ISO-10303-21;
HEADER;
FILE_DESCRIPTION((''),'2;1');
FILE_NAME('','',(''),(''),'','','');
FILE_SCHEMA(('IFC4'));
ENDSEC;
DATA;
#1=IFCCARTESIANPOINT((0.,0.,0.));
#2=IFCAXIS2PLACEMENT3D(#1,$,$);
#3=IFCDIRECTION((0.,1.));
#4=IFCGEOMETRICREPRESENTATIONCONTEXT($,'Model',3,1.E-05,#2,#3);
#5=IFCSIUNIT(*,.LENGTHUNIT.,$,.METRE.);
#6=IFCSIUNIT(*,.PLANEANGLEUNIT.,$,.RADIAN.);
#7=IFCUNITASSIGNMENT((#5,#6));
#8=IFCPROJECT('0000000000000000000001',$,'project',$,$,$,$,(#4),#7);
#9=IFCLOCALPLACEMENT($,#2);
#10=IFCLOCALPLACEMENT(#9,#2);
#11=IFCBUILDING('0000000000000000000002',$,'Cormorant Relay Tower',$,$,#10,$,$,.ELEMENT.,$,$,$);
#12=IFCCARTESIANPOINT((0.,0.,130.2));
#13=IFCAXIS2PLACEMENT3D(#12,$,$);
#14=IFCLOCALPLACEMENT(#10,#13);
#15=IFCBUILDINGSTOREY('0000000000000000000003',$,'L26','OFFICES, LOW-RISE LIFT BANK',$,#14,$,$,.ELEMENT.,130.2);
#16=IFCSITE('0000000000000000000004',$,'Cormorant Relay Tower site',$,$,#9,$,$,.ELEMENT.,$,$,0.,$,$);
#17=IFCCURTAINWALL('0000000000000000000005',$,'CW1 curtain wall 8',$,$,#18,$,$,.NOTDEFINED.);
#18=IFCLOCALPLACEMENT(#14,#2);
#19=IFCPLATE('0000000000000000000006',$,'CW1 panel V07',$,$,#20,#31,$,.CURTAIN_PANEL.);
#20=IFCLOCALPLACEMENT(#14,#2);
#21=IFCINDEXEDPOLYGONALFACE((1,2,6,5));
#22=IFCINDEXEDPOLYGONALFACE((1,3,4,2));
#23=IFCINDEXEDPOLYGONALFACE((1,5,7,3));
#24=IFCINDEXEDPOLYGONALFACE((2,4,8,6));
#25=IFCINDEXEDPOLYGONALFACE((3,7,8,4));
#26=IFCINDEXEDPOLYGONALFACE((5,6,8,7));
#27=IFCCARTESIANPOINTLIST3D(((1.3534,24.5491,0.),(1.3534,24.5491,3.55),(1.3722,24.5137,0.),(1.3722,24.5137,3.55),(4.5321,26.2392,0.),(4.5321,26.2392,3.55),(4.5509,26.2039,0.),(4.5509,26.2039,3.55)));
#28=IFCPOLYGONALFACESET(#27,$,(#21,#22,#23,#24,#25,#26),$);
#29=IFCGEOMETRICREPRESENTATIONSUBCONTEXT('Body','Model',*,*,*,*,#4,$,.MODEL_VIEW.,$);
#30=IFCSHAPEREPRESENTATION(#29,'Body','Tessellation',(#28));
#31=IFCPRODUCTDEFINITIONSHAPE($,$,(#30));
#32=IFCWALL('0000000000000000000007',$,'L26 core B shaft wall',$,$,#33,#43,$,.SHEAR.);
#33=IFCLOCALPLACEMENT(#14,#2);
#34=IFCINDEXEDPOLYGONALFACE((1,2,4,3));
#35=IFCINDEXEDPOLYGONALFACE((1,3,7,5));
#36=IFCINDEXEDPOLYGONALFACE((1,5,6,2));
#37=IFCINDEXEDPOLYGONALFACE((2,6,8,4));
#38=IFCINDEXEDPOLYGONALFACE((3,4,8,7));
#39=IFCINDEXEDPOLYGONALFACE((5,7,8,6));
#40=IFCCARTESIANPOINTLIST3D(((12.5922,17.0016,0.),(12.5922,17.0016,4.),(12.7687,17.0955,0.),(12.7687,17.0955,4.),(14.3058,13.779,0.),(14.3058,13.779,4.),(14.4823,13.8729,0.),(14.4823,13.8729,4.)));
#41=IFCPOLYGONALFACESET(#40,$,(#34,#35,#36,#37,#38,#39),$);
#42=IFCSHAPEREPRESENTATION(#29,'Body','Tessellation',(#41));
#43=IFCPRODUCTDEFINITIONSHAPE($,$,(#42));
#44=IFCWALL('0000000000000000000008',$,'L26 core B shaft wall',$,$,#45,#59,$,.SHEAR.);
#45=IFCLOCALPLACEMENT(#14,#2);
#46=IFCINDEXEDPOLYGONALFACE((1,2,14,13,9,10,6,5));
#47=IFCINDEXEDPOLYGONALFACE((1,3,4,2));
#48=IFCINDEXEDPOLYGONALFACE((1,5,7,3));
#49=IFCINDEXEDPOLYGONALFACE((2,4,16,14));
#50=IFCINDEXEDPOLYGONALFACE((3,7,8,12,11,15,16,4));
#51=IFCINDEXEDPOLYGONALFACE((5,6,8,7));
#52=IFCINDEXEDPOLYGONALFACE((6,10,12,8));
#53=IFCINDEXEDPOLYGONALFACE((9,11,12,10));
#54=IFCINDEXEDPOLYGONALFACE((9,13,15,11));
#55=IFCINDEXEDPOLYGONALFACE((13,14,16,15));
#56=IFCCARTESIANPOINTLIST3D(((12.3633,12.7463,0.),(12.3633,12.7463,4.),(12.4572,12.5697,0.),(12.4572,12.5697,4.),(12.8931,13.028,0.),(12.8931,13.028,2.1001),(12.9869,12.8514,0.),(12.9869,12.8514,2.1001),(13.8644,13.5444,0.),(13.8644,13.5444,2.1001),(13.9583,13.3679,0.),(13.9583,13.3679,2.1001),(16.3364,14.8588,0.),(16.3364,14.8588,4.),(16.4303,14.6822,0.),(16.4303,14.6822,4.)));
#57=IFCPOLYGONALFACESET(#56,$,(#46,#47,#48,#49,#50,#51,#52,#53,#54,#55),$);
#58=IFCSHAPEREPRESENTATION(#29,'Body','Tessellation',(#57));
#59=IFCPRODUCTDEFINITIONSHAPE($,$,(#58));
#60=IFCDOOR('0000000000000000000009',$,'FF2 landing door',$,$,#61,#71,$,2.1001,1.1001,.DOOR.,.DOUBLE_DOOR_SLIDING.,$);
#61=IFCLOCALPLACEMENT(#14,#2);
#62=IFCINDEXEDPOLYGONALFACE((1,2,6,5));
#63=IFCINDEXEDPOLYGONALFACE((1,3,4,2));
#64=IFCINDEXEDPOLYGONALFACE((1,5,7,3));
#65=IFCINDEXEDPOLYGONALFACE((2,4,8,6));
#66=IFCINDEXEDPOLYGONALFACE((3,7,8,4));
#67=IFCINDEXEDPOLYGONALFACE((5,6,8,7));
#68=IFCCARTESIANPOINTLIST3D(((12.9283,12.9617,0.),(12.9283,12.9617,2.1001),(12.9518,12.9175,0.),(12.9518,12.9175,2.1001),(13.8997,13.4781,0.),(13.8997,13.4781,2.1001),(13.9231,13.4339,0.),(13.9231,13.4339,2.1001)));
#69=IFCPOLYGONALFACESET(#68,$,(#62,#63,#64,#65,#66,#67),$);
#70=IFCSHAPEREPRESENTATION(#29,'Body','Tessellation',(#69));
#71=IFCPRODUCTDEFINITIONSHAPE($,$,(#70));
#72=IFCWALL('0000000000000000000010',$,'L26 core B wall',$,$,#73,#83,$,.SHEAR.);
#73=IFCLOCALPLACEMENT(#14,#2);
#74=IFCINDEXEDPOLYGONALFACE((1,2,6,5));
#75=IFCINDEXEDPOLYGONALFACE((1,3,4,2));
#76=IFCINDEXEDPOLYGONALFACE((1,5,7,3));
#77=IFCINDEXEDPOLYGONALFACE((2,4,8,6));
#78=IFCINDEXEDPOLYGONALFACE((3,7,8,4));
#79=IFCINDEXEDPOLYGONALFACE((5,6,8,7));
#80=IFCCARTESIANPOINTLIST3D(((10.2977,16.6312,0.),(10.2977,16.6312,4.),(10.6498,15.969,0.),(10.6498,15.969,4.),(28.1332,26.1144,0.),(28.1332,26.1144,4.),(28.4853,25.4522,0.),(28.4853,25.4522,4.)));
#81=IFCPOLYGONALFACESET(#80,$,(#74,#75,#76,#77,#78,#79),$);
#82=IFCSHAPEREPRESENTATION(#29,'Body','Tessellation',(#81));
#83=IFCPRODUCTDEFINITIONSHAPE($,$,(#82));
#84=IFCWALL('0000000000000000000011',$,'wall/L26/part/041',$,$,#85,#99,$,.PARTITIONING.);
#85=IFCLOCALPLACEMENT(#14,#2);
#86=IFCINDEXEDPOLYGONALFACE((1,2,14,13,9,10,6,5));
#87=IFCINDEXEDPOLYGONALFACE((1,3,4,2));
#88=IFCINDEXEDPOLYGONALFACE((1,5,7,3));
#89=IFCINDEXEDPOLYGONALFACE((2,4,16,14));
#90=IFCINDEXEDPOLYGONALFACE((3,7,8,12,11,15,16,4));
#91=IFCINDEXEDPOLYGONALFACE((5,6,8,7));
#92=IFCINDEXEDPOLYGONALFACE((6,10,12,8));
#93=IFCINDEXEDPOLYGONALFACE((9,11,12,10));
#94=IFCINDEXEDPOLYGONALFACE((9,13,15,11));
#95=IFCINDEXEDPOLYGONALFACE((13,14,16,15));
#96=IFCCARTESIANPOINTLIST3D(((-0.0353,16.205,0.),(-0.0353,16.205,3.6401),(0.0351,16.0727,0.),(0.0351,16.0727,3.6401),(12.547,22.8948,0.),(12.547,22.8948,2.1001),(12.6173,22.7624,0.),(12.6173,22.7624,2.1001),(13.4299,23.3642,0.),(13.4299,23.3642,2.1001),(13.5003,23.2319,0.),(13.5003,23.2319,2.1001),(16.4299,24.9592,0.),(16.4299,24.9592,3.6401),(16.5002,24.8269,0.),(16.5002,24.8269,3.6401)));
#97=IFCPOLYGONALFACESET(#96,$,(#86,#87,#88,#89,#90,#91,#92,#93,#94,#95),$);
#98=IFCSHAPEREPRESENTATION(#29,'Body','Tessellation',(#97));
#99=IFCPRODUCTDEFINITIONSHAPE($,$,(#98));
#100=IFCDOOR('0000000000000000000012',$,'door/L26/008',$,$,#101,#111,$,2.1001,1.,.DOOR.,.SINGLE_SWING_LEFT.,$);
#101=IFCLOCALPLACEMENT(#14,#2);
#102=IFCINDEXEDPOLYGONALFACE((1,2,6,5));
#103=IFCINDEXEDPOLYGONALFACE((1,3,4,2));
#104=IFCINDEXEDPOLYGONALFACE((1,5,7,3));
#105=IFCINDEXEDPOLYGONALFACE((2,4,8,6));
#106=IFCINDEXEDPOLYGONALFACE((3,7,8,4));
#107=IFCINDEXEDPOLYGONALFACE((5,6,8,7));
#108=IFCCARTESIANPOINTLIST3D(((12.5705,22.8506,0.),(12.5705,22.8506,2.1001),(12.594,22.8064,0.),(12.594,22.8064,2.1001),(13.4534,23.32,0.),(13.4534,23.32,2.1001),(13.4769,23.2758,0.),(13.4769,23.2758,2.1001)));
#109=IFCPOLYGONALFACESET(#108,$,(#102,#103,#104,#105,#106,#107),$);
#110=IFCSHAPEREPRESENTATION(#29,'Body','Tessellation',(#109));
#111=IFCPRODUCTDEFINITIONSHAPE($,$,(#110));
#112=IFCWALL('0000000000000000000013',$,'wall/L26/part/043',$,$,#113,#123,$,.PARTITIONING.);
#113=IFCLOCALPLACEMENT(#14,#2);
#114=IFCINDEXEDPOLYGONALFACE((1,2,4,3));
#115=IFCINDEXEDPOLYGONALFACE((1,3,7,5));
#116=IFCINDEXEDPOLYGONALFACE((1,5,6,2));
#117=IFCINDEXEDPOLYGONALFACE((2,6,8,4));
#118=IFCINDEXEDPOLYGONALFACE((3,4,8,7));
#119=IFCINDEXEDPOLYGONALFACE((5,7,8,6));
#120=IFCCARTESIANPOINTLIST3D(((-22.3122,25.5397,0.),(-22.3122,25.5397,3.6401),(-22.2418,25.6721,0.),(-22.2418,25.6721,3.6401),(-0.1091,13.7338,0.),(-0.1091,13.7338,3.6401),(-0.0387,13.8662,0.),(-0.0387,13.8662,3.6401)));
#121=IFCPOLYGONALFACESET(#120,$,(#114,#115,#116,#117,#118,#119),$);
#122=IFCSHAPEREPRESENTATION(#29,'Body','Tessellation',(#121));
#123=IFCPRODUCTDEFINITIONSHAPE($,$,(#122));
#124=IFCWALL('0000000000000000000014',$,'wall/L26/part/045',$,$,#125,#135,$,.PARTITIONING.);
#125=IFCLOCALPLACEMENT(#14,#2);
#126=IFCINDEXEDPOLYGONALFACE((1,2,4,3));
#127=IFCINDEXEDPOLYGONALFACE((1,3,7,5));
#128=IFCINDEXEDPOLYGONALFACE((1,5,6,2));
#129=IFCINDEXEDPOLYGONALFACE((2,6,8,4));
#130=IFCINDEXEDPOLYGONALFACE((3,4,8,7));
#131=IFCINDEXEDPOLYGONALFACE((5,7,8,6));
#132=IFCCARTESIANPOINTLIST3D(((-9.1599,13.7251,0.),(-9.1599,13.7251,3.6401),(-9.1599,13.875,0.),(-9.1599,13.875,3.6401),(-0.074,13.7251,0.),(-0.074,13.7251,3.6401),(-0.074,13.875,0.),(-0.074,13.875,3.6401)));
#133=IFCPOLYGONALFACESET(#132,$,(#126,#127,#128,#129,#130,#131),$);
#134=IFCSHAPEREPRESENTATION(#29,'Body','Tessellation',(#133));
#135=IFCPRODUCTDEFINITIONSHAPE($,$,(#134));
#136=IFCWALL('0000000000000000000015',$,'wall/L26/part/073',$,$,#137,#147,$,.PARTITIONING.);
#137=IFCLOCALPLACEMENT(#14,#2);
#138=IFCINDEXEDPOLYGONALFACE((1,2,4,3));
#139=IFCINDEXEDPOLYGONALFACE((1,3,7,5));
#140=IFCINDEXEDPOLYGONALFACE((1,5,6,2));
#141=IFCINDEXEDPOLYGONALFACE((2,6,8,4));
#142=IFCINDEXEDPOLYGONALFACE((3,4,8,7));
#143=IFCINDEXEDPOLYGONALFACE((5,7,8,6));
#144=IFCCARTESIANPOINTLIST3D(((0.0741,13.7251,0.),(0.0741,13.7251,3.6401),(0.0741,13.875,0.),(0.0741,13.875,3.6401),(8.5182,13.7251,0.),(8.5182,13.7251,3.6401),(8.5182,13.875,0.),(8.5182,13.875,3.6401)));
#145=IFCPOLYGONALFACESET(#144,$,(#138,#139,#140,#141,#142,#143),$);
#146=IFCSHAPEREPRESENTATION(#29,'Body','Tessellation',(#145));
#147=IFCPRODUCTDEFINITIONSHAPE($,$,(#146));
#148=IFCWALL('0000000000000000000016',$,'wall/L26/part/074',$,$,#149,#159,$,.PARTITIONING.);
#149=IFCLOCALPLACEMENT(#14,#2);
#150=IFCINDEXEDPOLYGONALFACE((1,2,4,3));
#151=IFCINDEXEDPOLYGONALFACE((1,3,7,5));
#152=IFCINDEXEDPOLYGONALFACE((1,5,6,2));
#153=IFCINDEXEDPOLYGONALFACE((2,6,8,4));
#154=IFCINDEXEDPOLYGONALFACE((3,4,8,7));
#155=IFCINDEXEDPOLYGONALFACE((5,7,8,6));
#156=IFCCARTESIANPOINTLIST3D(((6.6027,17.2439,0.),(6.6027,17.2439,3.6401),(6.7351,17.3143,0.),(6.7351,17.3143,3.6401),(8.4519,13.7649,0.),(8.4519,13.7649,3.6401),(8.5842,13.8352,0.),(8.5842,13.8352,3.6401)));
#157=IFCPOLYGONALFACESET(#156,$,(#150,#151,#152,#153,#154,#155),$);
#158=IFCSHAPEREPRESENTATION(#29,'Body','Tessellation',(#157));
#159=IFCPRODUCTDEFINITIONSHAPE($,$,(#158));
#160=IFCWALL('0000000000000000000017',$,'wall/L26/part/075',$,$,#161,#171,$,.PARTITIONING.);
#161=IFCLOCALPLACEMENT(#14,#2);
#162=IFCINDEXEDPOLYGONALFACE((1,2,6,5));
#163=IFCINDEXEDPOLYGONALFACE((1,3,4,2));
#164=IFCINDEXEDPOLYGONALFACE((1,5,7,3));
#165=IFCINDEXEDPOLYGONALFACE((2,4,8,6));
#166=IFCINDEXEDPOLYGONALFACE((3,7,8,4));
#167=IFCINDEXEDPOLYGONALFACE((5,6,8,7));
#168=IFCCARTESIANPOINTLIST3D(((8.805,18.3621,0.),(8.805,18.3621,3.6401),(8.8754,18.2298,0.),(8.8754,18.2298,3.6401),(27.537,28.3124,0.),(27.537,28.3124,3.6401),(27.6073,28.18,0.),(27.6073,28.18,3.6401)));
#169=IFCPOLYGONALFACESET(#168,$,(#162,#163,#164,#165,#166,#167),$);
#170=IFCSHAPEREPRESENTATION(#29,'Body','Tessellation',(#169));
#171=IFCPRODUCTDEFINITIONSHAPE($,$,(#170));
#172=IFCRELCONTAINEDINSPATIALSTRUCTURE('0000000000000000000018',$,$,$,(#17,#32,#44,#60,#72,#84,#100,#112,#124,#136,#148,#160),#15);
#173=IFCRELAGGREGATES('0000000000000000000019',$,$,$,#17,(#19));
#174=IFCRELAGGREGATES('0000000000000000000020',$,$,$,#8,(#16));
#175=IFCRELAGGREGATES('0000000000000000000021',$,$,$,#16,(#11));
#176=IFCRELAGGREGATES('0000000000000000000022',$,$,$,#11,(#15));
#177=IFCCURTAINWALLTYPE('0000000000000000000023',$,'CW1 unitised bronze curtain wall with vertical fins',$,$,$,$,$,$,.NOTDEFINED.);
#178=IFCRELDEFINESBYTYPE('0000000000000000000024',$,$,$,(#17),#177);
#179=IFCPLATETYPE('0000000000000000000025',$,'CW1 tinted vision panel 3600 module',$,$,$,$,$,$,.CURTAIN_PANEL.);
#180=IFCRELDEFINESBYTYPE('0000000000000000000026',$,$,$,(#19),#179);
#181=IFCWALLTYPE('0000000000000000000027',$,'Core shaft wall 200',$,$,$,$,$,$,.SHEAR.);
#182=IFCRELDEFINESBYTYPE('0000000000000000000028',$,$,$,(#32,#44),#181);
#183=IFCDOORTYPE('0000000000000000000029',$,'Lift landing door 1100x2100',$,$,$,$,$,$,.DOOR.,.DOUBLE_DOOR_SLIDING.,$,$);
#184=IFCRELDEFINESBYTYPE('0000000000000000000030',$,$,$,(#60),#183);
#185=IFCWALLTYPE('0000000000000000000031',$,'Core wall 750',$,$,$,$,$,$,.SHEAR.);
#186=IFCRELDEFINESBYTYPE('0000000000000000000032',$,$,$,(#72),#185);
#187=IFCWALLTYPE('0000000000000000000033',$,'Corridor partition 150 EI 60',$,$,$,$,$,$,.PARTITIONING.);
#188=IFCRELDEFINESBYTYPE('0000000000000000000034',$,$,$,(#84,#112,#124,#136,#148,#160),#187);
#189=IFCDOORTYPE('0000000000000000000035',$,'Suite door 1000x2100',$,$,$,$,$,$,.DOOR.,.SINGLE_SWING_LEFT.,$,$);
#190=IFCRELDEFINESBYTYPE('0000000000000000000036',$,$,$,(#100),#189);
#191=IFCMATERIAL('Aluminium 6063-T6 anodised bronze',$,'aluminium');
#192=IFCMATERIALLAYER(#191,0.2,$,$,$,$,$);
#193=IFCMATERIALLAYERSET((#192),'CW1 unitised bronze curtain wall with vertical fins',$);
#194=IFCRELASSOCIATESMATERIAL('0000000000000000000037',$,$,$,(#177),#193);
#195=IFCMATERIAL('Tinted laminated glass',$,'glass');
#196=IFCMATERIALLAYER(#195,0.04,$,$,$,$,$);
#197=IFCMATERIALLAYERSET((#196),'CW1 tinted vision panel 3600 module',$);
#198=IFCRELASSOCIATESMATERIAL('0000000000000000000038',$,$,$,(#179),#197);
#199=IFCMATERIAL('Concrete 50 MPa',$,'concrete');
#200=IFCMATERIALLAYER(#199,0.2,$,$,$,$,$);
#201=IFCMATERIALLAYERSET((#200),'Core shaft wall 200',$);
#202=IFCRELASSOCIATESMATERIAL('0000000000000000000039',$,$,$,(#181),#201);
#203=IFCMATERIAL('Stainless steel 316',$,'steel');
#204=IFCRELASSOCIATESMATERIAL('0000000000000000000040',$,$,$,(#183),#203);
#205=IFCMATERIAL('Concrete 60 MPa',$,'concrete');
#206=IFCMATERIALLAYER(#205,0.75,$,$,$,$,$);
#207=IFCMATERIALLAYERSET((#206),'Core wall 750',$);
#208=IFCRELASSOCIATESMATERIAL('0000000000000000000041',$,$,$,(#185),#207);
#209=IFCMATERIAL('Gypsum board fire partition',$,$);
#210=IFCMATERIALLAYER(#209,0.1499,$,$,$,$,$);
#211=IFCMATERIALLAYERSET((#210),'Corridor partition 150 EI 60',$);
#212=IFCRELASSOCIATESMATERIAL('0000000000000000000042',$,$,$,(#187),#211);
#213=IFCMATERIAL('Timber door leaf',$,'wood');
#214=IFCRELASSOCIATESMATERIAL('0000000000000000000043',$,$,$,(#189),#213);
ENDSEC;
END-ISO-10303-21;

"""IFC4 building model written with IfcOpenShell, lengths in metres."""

from ifc_helpers import new_model, si_unit, direction, frame, frame_2d, origin, origin_2d, place, context, subcontext, project, spatial, rectangle, extrude, material, layer, layer_set, type_object, element, fill, aggregate, save


model = new_model("IFC4")

# Units and contexts
model_context = context("Model", 3, precision=1e-05, world=origin(), true_north=direction((0.0, 1.0)))
body_context = subcontext(model_context, "Body", "Model", "MODEL_VIEW")
ifc_project = project(units=[si_unit("LENGTHUNIT", "METRE"), si_unit("PLANEANGLEUNIT", "RADIAN")], contexts=[model_context])

# Site, building, storey
site_placement = place(None, origin())
site = spatial("IfcSite", under=ifc_project, at=site_placement, Name="Cormorant Relay Tower site", CompositionType="ELEMENT", RefElevation=0.0)
building_placement = place(site_placement, origin())
building = spatial("IfcBuilding", under=site, at=building_placement, Name="Cormorant Relay Tower", CompositionType="ELEMENT")
storey_placement = place(building_placement, frame((0.0, 0.0, 130.2)))
storey = spatial("IfcBuildingStorey", under=building, at=storey_placement, Name="L26", Description="OFFICES, LOW-RISE LIFT BANK", CompositionType="ELEMENT", Elevation=130.2)

# Curtain wall
ifc_material_1 = material(Name="Aluminium 6063-T6 anodised bronze", Category="aluminium")
ifc_layer_1 = layer(ifc_material_1, 0.2)
ifc_layer_set_1 = layer_set([ifc_layer_1], Name="CW1 unitised bronze curtain wall with vertical fins")
curtain_wall_type = type_object("IfcCurtainWallType", Name="CW1 unitised bronze curtain wall with vertical fins", PredefinedType="NOTDEFINED", material=ifc_layer_set_1)
curtain_wall_1_placement = place(storey_placement, origin())
curtain_wall_1 = element("IfcCurtainWall", 1, at=curtain_wall_1_placement, inside=storey, type_object=curtain_wall_type, Name="CW1 curtain wall 8", PredefinedType="NOTDEFINED")

# Plate
ifc_material_2 = material(Name="Tinted laminated glass", Category="glass")
ifc_layer_2 = layer(ifc_material_2, 0.04)
ifc_layer_set_2 = layer_set([ifc_layer_2], Name="CW1 tinted vision panel 3600 module")
plate_type_1 = type_object("IfcPlateType", Name="CW1 tinted vision panel 3600 module", PredefinedType="CURTAIN_PANEL", material=ifc_layer_set_2)
plate_1_placement = place(storey_placement, frame((2.9521, 25.3765, 0.0), z_axis=(0.0, 0.0, 1.0), x_axis=(-0.882948, -0.469472, 0.0)))
plate_1 = element("IfcPlate", 2, at=plate_1_placement, type_object=plate_type_1, Name="CW1 panel V07", PredefinedType="CURTAIN_PANEL", context=body_context, shape_type="SweptSolid", body=[
    extrude(rectangle(XDim=3.6001, YDim=0.04, at=origin_2d()), origin(), (0.0, 0.0, 1.0), 3.55),
])

# Wall
ifc_material_3 = material(Name="Concrete 50 MPa", Category="concrete")
ifc_layer_3 = layer(ifc_material_3, 0.2)
ifc_layer_set_3 = layer_set([ifc_layer_3], Name="Core shaft wall 200")
wall_type_1 = type_object("IfcWallType", Name="Core shaft wall 200", PredefinedType="SHEAR", material=ifc_layer_set_3)
wall_1_placement = place(storey_placement, frame((14.394, 13.8259, 0.0), z_axis=(0.0, 0.0, 1.0), x_axis=(-0.469494, 0.882936, 0.0)))
element("IfcWall", 3, at=wall_1_placement, inside=storey, type_object=wall_type_1, Name="L26 core B shaft wall", PredefinedType="SHEAR", context=body_context, shape_type="SweptSolid", body=[
    extrude(rectangle(XDim=3.6499, YDim=0.2, at=frame_2d((1.825, 0.0))), origin(), (0.0, 0.0, 1.0), 4.0),
])

# Wall, opening, door
wall_2_placement = place(storey_placement, frame((12.4102, 12.658, 0.0), z_axis=(0.0, 0.0, 1.0), x_axis=(0.882948, 0.46947, 0.0)))
wall_2 = element("IfcWall", 4, at=wall_2_placement, inside=storey, type_object=wall_type_1, Name="L26 core B shaft wall", PredefinedType="SHEAR", context=body_context, shape_type="SweptSolid", body=[
    extrude(rectangle(XDim=4.4998, YDim=0.2, at=frame_2d((2.25, 0.0))), origin(), (0.0, 0.0, 1.0), 4.0),
])
opening_1_placement = place(wall_2_placement, frame((0.6001, 0.0, 0.0)))
opening_1 = element("IfcOpeningElement", 5, at=opening_1_placement, cuts=wall_2, PredefinedType="OPENING", context=body_context, shape_type="SweptSolid", body=[
    extrude(rectangle(XDim=1.1001, YDim=2.1001, at=frame_2d((0.55, 1.05))), frame((0.0, 0.1099, 0.0), z_axis=(0.0, -1.0, 0.0), x_axis=(1.0, 0.0, 0.0)), (0.0, 0.0, 1.0), 0.22),
])
ifc_material_4 = material(Name="Stainless steel 316", Category="steel")
door_type_1 = type_object("IfcDoorType", Name="Lift landing door 1100x2100", OperationType="DOUBLE_DOOR_SLIDING", PredefinedType="DOOR", material=ifc_material_4)
door_1_placement = place(opening_1_placement, origin())
door_1 = element("IfcDoor", 6, at=door_1_placement, inside=storey, type_object=door_type_1, Name="FF2 landing door", OperationType="DOUBLE_DOOR_SLIDING", OverallHeight=2.1001, OverallWidth=1.1001, PredefinedType="DOOR", context=body_context, shape_type="SweptSolid", body=[
    extrude(rectangle(XDim=1.1001, YDim=2.1001, at=frame_2d((0.55, 1.05))), frame((0.0, 0.0249, 0.0), z_axis=(0.0, -1.0, 0.0), x_axis=(1.0, 0.0, 0.0)), (0.0, 0.0, 1.0), 0.05),
])
fill(opening_1, door_1)

# Wall
ifc_material_5 = material(Name="Concrete 60 MPa", Category="concrete")
ifc_layer_4 = layer(ifc_material_5, 0.75)
ifc_layer_set_4 = layer_set([ifc_layer_4], Name="Core wall 750")
wall_type_2 = type_object("IfcWallType", Name="Core wall 750", PredefinedType="SHEAR", material=ifc_layer_set_4)
wall_3_placement = place(storey_placement, frame((10.4736, 16.3, 0.0), z_axis=(0.0, 0.0, 1.0), x_axis=(0.88295, 0.469467, 0.0)))
element("IfcWall", 7, at=wall_3_placement, inside=storey, type_object=wall_type_2, Name="L26 core B wall", PredefinedType="SHEAR", context=body_context, shape_type="SweptSolid", body=[
    extrude(rectangle(XDim=20.2, YDim=0.75, at=frame_2d((10.1001, 0.0))), origin(), (0.0, 0.0, 1.0), 4.0),
])

# Wall, opening, door
ifc_material_6 = material(Name="Gypsum board fire partition")
ifc_layer_5 = layer(ifc_material_6, 0.1499)
ifc_layer_set_5 = layer_set([ifc_layer_5], Name="Corridor partition 150 EI 60")
wall_type_3 = type_object("IfcWallType", Name="Corridor partition 150 EI 60", PredefinedType="PARTITIONING", material=ifc_layer_set_5)
wall_4_placement = place(storey_placement, frame((0.0, 16.1389, 0.0), z_axis=(0.0, 0.0, 1.0), x_axis=(0.882959, 0.469451, 0.0)))
wall_4 = element("IfcWall", 8, at=wall_4_placement, inside=storey, type_object=wall_type_3, Name="wall/L26/part/041", PredefinedType="PARTITIONING", context=body_context, shape_type="SweptSolid", body=[
    extrude(rectangle(XDim=18.6477, YDim=0.1499, at=frame_2d((9.3237, 0.0))), origin(), (0.0, 0.0, 1.0), 3.6401),
])
opening_2_placement = place(wall_4_placement, frame((14.25, 0.0, 0.0)))
opening_2 = element("IfcOpeningElement", 9, at=opening_2_placement, cuts=wall_4, PredefinedType="OPENING", context=body_context, shape_type="SweptSolid", body=[
    extrude(rectangle(XDim=1.0, YDim=2.1001, at=frame_2d((0.5, 1.05))), frame((0.0, 0.085, 0.0), z_axis=(0.0, -1.0, 0.0), x_axis=(1.0, 0.0, 0.0)), (0.0, 0.0, 1.0), 0.1699),
])
ifc_material_7 = material(Name="Timber door leaf", Category="wood")
door_type_2 = type_object("IfcDoorType", Name="Suite door 1000x2100", OperationType="SINGLE_SWING_LEFT", PredefinedType="DOOR", material=ifc_material_7)
door_2_placement = place(opening_2_placement, origin())
door_2 = element("IfcDoor", 10, at=door_2_placement, inside=storey, type_object=door_type_2, Name="door/L26/008", OperationType="SINGLE_SWING_LEFT", OverallHeight=2.1001, OverallWidth=1.0, PredefinedType="DOOR", context=body_context, shape_type="SweptSolid", body=[
    extrude(rectangle(XDim=1.0, YDim=2.1001, at=frame_2d((0.5, 1.05))), frame((0.0, 0.0249, 0.0), z_axis=(0.0, -1.0, 0.0), x_axis=(1.0, 0.0, 0.0)), (0.0, 0.0, 1.0), 0.05),
])
fill(opening_2, door_2)

# Walls
wall_5_placement = place(storey_placement, frame((-0.074, 13.8, 0.0), z_axis=(0.0, 0.0, 1.0), x_axis=(-0.882943, 0.469481, 0.0)))
element("IfcWall", 11, at=wall_5_placement, inside=storey, type_object=wall_type_3, Name="wall/L26/part/043", PredefinedType="PARTITIONING", context=body_context, shape_type="SweptSolid", body=[
    extrude(rectangle(XDim=25.1467, YDim=0.1499, at=frame_2d((12.5732, 0.0))), origin(), (0.0, 0.0, 1.0), 3.6401),
])
wall_6_placement = place(storey_placement, frame((-0.074, 13.8, 0.0), z_axis=(0.0, 0.0, 1.0), x_axis=(-1.0, 0.0, 0.0)))
element("IfcWall", 12, at=wall_6_placement, inside=storey, type_object=wall_type_3, Name="wall/L26/part/045", PredefinedType="PARTITIONING", context=body_context, shape_type="SweptSolid", body=[
    extrude(rectangle(XDim=9.0859, YDim=0.1499, at=frame_2d((4.543, 0.0))), origin(), (0.0, 0.0, 1.0), 3.6401),
])
wall_7_placement = place(storey_placement, frame((0.074, 13.8, 0.0), z_axis=(0.0, 0.0, 1.0), x_axis=(1.0, 0.0, 0.0)))
element("IfcWall", 13, at=wall_7_placement, inside=storey, type_object=wall_type_3, Name="wall/L26/part/073", PredefinedType="PARTITIONING", context=body_context, shape_type="SweptSolid", body=[
    extrude(rectangle(XDim=8.4441, YDim=0.1499, at=frame_2d((4.2222, 0.0))), origin(), (0.0, 0.0, 1.0), 3.6401),
])
wall_8_placement = place(storey_placement, frame((8.5181, 13.8, 0.0), z_axis=(0.0, 0.0, 1.0), x_axis=(-0.469333, 0.883021, 0.0)))
element("IfcWall", 14, at=wall_8_placement, inside=storey, type_object=wall_type_3, Name="wall/L26/part/074", PredefinedType="PARTITIONING", context=body_context, shape_type="SweptSolid", body=[
    extrude(rectangle(XDim=3.9399, YDim=0.1499, at=frame_2d((1.97, 0.0))), origin(), (0.0, 0.0, 1.0), 3.6401),
])
wall_9_placement = place(storey_placement, frame((8.8401, 18.2959, 0.0), z_axis=(0.0, 0.0, 1.0), x_axis=(0.883138, 0.469113, 0.0)))
element("IfcWall", 15, at=wall_9_placement, inside=storey, type_object=wall_type_3, Name="wall/L26/part/075", PredefinedType="PARTITIONING", context=body_context, shape_type="SweptSolid", body=[
    extrude(rectangle(XDim=21.2107, YDim=0.1499, at=frame_2d((10.6055, 0.0))), origin(), (0.0, 0.0, 1.0), 3.6401),
])

aggregate(curtain_wall_1, [plate_1])

save(model, "model.ifc")
